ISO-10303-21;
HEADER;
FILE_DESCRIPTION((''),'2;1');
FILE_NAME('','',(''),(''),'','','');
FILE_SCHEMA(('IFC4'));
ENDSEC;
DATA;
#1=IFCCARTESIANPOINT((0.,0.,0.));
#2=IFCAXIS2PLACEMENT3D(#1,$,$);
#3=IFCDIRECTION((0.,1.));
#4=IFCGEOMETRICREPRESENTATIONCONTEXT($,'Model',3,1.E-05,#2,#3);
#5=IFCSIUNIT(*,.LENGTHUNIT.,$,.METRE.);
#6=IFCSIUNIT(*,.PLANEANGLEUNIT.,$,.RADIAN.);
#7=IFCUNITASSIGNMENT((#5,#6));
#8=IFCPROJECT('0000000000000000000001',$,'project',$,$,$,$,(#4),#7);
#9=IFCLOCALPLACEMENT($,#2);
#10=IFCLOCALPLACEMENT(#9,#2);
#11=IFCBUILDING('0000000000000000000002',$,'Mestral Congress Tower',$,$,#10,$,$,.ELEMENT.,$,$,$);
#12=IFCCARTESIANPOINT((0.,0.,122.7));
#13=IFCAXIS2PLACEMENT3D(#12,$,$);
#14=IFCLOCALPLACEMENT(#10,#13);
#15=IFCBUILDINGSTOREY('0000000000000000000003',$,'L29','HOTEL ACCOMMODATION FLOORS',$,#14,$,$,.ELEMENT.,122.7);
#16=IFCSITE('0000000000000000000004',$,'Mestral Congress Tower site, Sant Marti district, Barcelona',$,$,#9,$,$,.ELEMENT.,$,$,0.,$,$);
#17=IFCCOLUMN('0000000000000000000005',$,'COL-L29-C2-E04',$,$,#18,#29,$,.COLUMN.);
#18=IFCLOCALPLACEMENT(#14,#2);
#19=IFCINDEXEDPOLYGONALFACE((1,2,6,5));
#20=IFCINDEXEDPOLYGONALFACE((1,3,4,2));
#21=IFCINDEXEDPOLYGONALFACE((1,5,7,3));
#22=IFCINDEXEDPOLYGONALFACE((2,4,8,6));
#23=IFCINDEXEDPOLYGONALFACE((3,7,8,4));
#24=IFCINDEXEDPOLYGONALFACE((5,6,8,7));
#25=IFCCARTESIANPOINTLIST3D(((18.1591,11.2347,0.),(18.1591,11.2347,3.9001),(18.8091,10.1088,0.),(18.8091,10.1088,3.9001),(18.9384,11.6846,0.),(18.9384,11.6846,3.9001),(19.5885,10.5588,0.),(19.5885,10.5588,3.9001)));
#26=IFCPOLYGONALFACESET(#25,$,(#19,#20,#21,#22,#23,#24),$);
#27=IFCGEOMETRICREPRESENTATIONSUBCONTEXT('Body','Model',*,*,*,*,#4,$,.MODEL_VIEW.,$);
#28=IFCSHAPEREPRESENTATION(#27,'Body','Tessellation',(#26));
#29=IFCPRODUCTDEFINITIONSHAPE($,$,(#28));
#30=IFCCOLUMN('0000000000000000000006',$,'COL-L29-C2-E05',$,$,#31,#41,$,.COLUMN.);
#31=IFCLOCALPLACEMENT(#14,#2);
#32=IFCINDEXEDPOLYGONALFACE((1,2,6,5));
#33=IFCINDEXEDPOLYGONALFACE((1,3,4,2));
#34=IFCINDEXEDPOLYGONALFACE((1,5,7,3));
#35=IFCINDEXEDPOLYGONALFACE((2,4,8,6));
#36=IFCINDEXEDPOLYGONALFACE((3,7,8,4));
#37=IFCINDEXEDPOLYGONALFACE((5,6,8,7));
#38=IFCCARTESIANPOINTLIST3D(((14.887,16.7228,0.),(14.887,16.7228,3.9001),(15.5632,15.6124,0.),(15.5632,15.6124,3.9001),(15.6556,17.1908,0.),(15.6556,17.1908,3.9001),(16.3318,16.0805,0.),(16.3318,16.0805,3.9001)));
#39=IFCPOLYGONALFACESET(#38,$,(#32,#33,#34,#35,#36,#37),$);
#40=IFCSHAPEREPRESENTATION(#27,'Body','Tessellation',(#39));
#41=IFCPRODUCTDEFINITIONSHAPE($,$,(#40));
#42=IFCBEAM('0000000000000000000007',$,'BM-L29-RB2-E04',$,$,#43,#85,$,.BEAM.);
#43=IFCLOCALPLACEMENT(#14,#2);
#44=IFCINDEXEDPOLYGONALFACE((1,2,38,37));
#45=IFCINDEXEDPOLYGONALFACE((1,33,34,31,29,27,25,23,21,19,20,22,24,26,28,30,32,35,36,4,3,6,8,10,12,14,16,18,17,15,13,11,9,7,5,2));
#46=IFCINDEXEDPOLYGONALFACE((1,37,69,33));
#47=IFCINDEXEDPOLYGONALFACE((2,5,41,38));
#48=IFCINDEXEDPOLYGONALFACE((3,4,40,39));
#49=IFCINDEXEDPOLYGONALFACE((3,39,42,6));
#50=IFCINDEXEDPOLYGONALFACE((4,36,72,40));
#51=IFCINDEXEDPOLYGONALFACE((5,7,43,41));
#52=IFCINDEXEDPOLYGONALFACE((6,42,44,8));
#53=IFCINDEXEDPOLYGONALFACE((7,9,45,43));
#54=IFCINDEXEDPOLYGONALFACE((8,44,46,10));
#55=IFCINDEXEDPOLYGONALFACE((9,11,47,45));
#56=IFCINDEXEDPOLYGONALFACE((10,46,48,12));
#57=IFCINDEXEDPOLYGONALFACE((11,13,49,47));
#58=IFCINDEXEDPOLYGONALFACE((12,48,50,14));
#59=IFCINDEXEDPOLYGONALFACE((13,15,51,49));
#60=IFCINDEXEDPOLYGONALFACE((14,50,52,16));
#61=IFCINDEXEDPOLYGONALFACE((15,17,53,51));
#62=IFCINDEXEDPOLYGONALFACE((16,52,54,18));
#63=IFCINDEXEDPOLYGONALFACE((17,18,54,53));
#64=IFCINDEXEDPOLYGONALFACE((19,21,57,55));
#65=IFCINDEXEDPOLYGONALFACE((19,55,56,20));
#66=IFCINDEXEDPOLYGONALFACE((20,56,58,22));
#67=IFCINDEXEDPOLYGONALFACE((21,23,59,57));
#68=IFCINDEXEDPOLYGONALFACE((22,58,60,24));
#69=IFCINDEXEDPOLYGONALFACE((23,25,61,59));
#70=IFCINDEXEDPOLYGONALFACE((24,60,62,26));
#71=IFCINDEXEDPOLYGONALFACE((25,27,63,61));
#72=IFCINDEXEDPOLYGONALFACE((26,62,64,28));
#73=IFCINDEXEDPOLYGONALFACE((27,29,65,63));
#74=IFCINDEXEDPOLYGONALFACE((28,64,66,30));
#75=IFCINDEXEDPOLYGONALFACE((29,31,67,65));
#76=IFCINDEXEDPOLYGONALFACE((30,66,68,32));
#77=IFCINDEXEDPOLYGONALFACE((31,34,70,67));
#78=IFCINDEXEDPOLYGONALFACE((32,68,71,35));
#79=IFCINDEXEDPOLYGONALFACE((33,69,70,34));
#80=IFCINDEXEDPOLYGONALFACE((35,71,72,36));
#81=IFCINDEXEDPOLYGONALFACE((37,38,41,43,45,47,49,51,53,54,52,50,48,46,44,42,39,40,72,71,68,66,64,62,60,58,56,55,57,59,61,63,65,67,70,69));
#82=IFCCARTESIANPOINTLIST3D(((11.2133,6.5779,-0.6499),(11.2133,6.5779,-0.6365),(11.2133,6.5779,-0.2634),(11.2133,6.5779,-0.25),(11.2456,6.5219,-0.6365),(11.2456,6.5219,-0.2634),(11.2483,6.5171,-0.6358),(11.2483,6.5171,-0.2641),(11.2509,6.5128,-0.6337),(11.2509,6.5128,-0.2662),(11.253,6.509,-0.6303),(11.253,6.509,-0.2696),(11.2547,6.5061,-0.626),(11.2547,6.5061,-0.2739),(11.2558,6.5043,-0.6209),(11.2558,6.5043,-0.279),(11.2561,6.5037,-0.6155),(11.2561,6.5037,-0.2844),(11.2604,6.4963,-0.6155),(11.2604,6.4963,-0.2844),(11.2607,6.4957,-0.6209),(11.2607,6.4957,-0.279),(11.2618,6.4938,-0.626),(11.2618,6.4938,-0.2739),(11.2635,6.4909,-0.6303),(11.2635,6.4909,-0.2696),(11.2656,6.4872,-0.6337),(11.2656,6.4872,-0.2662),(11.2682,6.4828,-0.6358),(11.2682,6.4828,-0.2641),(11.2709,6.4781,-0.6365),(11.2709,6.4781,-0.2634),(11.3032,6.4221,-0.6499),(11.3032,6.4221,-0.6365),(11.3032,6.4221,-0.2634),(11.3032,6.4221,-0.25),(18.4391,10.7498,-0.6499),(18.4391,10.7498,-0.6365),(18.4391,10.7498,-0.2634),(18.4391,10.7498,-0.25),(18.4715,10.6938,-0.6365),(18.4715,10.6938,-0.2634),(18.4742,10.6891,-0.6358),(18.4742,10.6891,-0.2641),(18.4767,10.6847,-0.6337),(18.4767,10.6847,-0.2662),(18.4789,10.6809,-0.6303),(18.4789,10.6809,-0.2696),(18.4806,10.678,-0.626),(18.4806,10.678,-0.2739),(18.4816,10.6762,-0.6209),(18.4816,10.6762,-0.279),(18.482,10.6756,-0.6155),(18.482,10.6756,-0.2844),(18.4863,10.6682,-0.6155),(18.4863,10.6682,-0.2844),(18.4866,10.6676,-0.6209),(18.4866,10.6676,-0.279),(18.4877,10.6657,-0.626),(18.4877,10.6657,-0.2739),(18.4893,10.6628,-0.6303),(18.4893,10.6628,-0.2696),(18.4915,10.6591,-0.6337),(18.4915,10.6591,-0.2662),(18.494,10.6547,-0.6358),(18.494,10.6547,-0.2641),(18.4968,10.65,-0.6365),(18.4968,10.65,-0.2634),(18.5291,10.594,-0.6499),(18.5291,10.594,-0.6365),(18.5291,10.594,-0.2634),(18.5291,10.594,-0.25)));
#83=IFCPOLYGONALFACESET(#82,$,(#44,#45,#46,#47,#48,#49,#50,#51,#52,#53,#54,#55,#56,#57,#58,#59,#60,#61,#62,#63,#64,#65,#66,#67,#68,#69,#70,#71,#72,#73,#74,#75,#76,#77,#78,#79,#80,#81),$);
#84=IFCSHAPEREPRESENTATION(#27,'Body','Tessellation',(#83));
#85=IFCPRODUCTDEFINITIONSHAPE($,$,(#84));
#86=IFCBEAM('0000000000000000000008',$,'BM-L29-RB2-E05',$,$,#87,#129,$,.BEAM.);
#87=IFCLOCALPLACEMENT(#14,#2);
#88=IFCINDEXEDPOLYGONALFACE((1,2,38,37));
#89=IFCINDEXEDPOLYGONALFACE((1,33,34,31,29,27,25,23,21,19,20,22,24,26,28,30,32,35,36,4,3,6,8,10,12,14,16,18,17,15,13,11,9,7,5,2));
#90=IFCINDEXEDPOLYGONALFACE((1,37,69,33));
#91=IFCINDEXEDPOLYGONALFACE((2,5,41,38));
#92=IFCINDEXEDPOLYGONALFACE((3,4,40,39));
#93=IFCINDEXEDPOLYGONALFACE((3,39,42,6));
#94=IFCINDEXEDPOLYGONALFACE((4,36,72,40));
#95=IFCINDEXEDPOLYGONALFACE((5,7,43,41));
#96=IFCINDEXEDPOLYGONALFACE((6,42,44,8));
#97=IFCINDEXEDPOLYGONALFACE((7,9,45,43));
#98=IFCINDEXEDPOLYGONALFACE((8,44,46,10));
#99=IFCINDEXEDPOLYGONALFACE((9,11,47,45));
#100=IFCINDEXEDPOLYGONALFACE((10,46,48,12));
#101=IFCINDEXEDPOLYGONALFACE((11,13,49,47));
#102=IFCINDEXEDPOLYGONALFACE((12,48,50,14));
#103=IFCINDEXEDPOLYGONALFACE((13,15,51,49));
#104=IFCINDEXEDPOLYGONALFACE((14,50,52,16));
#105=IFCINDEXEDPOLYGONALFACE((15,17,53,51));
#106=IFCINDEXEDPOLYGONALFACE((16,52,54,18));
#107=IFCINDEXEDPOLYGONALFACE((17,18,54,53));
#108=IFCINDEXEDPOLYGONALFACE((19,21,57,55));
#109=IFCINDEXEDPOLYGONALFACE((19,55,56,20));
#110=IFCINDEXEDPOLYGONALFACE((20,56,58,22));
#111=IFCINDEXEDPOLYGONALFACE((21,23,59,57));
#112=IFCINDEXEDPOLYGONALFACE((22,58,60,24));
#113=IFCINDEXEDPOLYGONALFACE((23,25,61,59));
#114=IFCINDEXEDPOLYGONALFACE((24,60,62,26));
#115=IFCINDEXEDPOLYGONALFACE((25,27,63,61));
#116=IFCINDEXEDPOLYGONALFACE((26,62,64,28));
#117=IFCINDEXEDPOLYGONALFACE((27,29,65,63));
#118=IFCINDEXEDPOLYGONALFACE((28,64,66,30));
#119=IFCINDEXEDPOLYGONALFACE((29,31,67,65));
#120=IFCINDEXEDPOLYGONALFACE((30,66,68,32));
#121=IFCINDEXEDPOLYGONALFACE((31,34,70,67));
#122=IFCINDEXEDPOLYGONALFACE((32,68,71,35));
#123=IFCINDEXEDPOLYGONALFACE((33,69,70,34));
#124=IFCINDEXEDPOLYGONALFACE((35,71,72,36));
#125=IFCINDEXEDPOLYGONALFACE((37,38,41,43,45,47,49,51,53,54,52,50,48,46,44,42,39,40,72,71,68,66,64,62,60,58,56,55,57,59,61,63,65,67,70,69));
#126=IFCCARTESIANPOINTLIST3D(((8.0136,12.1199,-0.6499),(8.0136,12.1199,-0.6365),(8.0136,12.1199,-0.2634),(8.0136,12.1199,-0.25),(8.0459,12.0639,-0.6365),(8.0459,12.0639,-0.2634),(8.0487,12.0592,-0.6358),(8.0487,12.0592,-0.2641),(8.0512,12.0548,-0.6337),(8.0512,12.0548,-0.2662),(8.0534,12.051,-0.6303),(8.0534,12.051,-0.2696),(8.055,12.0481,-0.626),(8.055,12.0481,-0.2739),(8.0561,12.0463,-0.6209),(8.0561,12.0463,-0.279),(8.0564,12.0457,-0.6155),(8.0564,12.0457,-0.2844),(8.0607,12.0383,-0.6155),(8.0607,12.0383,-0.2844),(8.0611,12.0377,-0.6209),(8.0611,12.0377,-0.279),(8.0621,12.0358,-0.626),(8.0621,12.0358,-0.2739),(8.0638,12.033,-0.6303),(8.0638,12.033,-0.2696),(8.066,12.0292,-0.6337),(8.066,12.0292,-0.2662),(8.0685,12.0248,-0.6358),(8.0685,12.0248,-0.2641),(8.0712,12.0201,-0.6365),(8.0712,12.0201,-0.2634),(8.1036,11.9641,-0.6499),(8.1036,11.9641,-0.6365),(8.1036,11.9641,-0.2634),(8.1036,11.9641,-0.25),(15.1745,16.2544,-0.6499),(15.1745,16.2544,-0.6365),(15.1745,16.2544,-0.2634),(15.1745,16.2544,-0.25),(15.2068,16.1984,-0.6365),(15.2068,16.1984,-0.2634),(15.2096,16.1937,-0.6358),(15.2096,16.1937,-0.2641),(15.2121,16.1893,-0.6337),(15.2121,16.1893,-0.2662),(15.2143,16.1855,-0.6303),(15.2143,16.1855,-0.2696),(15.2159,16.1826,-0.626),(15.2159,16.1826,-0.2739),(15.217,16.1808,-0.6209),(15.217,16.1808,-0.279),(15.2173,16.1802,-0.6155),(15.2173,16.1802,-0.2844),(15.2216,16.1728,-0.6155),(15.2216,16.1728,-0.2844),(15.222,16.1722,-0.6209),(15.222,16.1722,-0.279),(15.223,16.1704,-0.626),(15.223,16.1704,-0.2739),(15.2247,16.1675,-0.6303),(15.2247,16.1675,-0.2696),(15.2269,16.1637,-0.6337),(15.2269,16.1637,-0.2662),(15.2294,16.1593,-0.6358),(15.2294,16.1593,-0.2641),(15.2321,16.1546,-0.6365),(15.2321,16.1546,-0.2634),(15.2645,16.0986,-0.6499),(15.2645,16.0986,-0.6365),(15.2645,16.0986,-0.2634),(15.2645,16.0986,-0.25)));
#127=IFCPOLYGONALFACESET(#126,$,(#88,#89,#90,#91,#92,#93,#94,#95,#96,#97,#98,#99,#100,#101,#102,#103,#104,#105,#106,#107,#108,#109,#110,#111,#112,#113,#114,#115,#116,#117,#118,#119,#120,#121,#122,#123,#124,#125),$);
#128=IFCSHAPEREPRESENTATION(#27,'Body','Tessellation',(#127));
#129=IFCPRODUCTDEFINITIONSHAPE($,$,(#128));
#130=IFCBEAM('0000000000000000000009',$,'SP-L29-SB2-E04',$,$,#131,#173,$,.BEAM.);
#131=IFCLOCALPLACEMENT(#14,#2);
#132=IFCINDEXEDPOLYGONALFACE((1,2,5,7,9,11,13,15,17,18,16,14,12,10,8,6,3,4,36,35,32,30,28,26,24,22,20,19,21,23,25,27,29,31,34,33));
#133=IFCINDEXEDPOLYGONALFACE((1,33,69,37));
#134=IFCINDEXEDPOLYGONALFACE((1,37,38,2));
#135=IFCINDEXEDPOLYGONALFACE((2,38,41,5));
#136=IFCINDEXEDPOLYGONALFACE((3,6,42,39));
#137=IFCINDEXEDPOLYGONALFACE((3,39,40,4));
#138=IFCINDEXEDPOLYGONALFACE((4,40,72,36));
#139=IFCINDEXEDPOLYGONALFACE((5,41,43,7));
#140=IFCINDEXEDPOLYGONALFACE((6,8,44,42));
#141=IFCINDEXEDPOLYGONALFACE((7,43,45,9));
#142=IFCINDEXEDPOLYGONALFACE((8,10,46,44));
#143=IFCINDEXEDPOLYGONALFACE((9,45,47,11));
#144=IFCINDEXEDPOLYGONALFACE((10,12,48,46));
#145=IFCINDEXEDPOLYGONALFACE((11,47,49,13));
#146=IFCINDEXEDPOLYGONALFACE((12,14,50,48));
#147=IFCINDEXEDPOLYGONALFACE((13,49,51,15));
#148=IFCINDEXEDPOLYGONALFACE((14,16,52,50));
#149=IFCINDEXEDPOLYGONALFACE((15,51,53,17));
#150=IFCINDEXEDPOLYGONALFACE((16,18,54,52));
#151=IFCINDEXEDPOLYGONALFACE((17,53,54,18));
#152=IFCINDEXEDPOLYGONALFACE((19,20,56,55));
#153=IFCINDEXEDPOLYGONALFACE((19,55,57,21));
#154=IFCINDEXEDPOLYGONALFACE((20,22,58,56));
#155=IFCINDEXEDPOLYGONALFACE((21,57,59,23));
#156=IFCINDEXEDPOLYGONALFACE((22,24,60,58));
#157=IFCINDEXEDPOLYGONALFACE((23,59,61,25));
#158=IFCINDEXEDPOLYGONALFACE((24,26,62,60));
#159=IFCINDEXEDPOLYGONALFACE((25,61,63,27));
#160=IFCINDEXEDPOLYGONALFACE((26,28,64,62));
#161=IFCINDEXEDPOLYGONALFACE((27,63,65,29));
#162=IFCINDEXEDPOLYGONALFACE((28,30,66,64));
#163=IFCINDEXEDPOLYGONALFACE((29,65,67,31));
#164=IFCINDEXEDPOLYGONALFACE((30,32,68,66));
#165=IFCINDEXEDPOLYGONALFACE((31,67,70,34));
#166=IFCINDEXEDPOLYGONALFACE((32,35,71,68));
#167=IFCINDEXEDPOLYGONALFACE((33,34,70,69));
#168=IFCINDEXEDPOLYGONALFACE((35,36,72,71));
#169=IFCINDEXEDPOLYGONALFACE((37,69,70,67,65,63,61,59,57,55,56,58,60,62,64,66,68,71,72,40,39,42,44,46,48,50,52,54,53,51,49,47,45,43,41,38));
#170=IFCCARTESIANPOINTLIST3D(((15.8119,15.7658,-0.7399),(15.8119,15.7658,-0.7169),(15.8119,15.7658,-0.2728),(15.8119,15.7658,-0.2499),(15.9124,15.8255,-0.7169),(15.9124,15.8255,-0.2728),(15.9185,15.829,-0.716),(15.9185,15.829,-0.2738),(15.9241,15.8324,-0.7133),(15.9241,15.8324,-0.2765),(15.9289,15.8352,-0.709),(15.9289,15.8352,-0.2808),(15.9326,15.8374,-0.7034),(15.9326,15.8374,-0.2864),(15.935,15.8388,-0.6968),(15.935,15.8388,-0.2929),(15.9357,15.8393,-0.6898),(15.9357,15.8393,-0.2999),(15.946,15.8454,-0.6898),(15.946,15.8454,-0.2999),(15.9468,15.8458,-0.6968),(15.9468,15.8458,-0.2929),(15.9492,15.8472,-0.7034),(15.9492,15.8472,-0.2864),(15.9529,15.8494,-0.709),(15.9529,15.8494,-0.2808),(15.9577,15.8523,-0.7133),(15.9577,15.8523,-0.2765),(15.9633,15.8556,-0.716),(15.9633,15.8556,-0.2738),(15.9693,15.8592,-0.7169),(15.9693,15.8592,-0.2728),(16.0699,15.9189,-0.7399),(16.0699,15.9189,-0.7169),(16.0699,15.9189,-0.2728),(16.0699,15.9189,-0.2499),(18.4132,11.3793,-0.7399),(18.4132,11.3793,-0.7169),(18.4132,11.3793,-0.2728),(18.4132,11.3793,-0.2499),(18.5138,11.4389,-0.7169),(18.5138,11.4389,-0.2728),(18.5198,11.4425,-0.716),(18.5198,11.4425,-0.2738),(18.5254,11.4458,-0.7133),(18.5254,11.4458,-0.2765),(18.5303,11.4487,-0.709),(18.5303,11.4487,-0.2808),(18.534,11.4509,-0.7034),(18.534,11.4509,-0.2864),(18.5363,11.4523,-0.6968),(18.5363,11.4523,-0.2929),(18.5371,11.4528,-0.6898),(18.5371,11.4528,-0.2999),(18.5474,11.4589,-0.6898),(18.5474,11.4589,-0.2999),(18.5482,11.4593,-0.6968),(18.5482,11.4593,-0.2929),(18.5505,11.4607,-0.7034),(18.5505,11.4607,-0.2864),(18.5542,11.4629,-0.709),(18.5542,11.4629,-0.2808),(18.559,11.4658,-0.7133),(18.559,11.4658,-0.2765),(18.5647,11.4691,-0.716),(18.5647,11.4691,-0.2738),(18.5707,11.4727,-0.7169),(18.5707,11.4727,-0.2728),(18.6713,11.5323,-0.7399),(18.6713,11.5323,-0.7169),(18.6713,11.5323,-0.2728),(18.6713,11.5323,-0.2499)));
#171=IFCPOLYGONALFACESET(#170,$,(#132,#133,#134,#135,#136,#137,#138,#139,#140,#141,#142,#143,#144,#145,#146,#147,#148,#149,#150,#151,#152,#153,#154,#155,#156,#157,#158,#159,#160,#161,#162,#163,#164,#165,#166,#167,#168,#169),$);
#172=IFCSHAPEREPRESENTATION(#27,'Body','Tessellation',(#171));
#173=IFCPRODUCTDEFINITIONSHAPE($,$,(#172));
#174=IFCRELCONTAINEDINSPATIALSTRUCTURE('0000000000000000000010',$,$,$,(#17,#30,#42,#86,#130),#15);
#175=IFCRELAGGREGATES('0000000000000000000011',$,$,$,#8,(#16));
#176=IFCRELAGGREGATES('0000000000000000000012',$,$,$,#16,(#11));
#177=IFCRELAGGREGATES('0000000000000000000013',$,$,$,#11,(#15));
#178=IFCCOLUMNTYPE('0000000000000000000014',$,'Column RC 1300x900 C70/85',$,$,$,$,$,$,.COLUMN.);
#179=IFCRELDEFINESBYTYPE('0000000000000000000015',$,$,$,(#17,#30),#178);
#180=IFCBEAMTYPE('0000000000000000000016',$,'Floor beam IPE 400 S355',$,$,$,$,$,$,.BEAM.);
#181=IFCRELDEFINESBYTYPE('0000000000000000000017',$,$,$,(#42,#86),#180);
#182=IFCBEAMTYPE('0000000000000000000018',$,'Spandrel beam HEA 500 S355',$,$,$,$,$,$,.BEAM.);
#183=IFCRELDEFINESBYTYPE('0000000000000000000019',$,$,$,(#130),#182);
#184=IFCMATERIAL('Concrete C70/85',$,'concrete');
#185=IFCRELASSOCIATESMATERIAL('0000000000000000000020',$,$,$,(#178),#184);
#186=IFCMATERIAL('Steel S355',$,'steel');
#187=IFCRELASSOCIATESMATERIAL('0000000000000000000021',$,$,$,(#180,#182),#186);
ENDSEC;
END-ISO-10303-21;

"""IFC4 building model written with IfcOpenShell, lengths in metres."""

from ifc_helpers import new_model, si_unit, direction, frame, origin, origin_2d, place, context, subcontext, project, spatial, rectangle, i_section, extrude, material, material_profile, profile_set, type_object, element, save


model = new_model("IFC4")

# Units and contexts
model_context = context("Model", 3, precision=1e-05, world=origin(), true_north=direction((0.0, 1.0)))
body_context = subcontext(model_context, "Body", "Model", "MODEL_VIEW")
ifc_project = project(units=[si_unit("LENGTHUNIT", "METRE"), si_unit("PLANEANGLEUNIT", "RADIAN")], contexts=[model_context])

# Site, building, storey
site_placement = place(None, origin())
site = spatial("IfcSite", under=ifc_project, at=site_placement, Name="Mestral Congress Tower site, Sant Marti district, Barcelona", CompositionType="ELEMENT", RefElevation=0.0)
building_placement = place(site_placement, origin())
building = spatial("IfcBuilding", under=site, at=building_placement, Name="Mestral Congress Tower", CompositionType="ELEMENT")
storey_placement = place(building_placement, frame((0.0, 0.0, 122.7)))
storey = spatial("IfcBuildingStorey", under=building, at=storey_placement, Name="L29", Description="HOTEL ACCOMMODATION FLOORS", CompositionType="ELEMENT", Elevation=122.7)

# Columns
ifc_material_1 = material(Name="Concrete C70/85", Category="concrete")
ifc_material_profile_1 = material_profile(ifc_material_1, rectangle(XDim=1.3, YDim=0.8999, at=origin_2d()), Name="RC 1300x900")
ifc_profile_set_1 = profile_set([ifc_material_profile_1], Name="Concrete C70/85")
column_type = type_object("IfcColumnType", Name="Column RC 1300x900 C70/85", PredefinedType="COLUMN", material=ifc_profile_set_1)
for number, where, z_axis, x_axis, name in (
    (1, (18.8738, 10.8967, 0.0), (0.0, 0.0, 1.0), (-0.5, 0.866025, 0.0), "COL-L29-C2-E04"),
    (2, (15.6094, 16.4016, 0.0), (0.0, 0.0, 1.0), (-0.520114, 0.854097, 0.0), "COL-L29-C2-E05"),
):
    element("IfcColumn", number, at=place(storey_placement, frame(where, z_axis=z_axis, x_axis=x_axis)), inside=storey, type_object=column_type, Name=name, PredefinedType="COLUMN", context=body_context, shape_type="SweptSolid", body=[
        extrude(rectangle(XDim=1.3, YDim=0.8999, at=origin_2d()), origin(), (0.0, 0.0, 1.0), 3.9001),
    ])

# Beams
ifc_material_2 = material(Name="Steel S355", Category="steel")
ifc_material_profile_2 = material_profile(ifc_material_2, i_section(OverallWidth=0.1799, OverallDepth=0.3999, WebThickness=0.0085, FlangeThickness=0.0134, FilletRadius=0.021, at=origin_2d()), Name="IPE 400")
ifc_profile_set_2 = profile_set([ifc_material_profile_2], Name="Steel S355")
beam_type_1 = type_object("IfcBeamType", Name="Floor beam IPE 400 S355", PredefinedType="BEAM", material=ifc_profile_set_2)
beam_1_placement = place(storey_placement, frame((18.4841, 10.6719, -0.45), z_axis=(-0.866023, -0.500004, 0.0), x_axis=(0.500004, -0.866023, 0.0)))
element("IfcBeam", 3, at=beam_1_placement, inside=storey, type_object=beam_type_1, Name="BM-L29-RB2-E04", PredefinedType="BEAM", context=body_context, shape_type="SweptSolid", body=[
    extrude(i_section(OverallWidth=0.1799, OverallDepth=0.3999, WebThickness=0.0085, FlangeThickness=0.0134, FilletRadius=0.021, at=origin_2d()), origin(), (0.0, 0.0, 1.0), 8.3438),
])
beam_2_placement = place(storey_placement, frame((15.2195, 16.1765, -0.45), z_axis=(-0.866016, -0.500016, 0.0), x_axis=(0.500016, -0.866016, 0.0)))
element("IfcBeam", 4, at=beam_2_placement, inside=storey, type_object=beam_type_1, Name="BM-L29-RB2-E05", PredefinedType="BEAM", context=body_context, shape_type="SweptSolid", body=[
    extrude(i_section(OverallWidth=0.1799, OverallDepth=0.3999, WebThickness=0.0085, FlangeThickness=0.0134, FilletRadius=0.021, at=origin_2d()), origin(), (0.0, 0.0, 1.0), 8.2688),
])
ifc_material_profile_3 = material_profile(ifc_material_2, i_section(OverallWidth=0.3, OverallDepth=0.49, WebThickness=0.012, FlangeThickness=0.0229, FilletRadius=0.0271, at=origin_2d()), Name="HEA 500")
ifc_profile_set_3 = profile_set([ifc_material_profile_3], Name="Steel S355")
beam_type_2 = type_object("IfcBeamType", Name="Spandrel beam HEA 500 S355", PredefinedType="BEAM", material=ifc_profile_set_3)
for number, where, z_axis, x_axis, name in (
    (5, (18.5422, 11.4558, -0.4949), (-0.510082, 0.860126, 0.0), (-0.860126, -0.510082, 0.0), "SP-L29-SB2-E04"),
):
    element("IfcBeam", number, at=place(storey_placement, frame(where, z_axis=z_axis, x_axis=x_axis)), inside=storey, type_object=beam_type_2, Name=name, PredefinedType="BEAM", context=body_context, shape_type="SweptSolid", body=[
        extrude(i_section(OverallWidth=0.3, OverallDepth=0.49, WebThickness=0.012, FlangeThickness=0.0229, FilletRadius=0.0271, at=origin_2d()), origin(), (0.0, 0.0, 1.0), 5.0999),
    ])

save(model, "model.ifc")
